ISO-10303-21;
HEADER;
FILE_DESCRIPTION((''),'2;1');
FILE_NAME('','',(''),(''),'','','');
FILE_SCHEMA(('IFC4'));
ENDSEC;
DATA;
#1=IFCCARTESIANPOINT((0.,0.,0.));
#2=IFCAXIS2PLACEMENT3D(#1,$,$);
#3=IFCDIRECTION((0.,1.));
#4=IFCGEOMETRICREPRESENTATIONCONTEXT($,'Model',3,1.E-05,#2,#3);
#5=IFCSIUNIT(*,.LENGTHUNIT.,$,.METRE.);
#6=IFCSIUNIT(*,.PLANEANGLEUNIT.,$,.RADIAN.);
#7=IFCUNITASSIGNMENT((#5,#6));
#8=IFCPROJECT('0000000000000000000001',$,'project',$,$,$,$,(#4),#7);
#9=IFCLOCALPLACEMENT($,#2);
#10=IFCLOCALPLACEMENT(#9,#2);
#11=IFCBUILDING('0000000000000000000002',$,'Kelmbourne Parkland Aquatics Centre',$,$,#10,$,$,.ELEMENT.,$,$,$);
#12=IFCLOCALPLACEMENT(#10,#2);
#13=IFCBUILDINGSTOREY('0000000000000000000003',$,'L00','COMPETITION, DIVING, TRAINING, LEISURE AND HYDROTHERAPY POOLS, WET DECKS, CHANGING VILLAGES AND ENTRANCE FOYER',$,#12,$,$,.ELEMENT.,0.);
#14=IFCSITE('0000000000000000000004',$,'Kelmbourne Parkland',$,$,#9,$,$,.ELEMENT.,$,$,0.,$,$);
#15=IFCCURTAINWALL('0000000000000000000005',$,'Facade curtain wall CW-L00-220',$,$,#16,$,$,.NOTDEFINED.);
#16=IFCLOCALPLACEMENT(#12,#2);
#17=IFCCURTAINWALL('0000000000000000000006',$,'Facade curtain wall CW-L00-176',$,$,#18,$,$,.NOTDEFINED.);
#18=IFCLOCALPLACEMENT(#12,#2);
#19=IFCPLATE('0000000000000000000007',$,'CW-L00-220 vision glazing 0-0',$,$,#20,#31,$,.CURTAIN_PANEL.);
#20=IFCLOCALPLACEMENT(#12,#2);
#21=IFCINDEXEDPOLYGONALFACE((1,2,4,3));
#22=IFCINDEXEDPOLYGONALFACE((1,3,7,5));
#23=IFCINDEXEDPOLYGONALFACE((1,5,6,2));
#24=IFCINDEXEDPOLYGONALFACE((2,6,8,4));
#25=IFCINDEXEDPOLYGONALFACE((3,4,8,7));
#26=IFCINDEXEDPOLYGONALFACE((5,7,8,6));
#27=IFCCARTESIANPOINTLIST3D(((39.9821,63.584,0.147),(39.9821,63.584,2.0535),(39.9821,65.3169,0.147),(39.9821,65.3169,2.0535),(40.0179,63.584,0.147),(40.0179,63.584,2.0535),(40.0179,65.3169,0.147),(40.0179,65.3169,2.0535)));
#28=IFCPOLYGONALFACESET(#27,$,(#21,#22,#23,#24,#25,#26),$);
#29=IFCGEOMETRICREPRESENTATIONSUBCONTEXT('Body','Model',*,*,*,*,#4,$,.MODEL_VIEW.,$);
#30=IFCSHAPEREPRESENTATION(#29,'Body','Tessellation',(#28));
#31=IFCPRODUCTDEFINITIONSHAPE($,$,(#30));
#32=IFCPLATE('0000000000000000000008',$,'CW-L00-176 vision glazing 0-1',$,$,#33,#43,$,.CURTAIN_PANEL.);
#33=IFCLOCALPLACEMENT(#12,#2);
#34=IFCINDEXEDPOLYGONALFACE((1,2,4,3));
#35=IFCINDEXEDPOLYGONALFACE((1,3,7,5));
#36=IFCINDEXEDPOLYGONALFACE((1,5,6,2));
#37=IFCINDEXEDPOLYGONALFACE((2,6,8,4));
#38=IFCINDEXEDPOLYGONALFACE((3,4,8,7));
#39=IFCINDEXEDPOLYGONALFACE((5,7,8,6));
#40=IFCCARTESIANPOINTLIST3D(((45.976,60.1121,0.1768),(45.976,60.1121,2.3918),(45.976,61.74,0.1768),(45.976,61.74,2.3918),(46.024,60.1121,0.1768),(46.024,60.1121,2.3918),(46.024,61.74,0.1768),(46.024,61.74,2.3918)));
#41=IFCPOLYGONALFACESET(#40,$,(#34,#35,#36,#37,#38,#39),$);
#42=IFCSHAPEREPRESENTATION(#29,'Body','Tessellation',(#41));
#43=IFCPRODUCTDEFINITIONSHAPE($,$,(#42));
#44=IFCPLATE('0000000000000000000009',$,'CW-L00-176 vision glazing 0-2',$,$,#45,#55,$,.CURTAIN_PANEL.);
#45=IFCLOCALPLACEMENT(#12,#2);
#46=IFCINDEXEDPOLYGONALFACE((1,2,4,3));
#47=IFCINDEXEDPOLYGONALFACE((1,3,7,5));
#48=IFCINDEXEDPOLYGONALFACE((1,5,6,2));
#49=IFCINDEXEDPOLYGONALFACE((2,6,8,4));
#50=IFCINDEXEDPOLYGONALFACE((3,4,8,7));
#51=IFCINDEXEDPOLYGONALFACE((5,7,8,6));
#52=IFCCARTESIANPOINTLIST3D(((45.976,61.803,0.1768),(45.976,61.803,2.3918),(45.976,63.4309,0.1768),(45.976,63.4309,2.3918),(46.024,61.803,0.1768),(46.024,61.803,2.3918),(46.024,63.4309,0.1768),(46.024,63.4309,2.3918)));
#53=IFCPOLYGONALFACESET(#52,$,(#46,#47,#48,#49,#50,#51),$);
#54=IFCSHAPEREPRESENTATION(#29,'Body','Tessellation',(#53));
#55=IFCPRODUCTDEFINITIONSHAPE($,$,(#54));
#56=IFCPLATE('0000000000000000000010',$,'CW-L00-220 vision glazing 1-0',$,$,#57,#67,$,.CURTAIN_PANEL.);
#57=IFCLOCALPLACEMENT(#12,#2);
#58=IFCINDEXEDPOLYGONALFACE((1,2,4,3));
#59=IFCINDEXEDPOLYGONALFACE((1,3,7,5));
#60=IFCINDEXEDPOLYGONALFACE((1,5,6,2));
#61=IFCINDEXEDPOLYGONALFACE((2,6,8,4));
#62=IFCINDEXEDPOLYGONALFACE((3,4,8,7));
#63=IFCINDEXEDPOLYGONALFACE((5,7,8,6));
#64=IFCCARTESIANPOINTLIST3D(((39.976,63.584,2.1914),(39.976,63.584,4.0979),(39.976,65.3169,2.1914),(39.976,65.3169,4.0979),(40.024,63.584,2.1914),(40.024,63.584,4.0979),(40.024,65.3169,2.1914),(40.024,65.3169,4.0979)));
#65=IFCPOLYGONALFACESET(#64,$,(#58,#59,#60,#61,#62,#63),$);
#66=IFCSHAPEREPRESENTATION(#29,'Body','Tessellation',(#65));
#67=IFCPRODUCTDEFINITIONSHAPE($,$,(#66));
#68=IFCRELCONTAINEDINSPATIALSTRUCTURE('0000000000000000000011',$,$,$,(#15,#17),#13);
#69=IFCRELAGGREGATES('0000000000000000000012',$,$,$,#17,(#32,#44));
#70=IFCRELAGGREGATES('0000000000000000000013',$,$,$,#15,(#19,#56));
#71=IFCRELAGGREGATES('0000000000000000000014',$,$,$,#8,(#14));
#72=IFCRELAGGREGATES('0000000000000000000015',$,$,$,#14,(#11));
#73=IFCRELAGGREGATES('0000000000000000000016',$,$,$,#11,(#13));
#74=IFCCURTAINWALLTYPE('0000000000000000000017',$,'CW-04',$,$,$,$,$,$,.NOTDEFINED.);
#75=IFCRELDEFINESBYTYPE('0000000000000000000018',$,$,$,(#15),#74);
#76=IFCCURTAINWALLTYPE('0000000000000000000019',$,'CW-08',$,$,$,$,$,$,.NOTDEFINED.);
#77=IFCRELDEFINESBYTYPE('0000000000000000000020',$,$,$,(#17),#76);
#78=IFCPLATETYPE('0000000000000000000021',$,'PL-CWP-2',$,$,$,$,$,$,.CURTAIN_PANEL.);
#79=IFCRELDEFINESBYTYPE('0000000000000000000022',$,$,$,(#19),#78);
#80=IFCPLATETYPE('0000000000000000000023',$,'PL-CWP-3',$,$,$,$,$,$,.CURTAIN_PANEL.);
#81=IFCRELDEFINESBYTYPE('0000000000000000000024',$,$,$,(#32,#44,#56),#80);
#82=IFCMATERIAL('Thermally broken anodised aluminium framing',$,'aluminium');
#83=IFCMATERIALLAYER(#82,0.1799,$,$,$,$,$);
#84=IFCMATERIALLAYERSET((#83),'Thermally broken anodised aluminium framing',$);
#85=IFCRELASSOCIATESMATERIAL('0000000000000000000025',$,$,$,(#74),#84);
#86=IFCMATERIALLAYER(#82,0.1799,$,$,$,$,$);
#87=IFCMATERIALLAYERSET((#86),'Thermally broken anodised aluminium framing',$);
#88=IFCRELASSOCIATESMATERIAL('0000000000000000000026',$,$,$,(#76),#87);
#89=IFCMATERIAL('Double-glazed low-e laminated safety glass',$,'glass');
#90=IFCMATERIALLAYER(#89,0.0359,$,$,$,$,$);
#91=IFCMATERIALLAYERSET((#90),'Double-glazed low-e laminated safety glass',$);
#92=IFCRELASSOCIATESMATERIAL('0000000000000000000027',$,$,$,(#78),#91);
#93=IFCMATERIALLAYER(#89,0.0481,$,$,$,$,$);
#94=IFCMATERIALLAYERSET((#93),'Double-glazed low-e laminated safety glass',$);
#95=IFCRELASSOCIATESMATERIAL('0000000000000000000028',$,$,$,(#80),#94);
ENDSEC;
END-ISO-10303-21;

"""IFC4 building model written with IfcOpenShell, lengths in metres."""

from ifc_helpers import new_model, si_unit, direction, frame, origin, origin_2d, place, context, subcontext, project, spatial, rectangle, extrude, material, layer, layer_set, type_object, element, aggregate, save


model = new_model("IFC4")

# Units and contexts
model_context = context("Model", 3, precision=1e-05, world=origin(), true_north=direction((0.0, 1.0)))
body_context = subcontext(model_context, "Body", "Model", "MODEL_VIEW")
ifc_project = project(units=[si_unit("LENGTHUNIT", "METRE"), si_unit("PLANEANGLEUNIT", "RADIAN")], contexts=[model_context])

# Site, building, storey
site_placement = place(None, origin())
site = spatial("IfcSite", under=ifc_project, at=site_placement, Name="Kelmbourne Parkland", CompositionType="ELEMENT", RefElevation=0.0)
building_placement = place(site_placement, origin())
building = spatial("IfcBuilding", under=site, at=building_placement, Name="Kelmbourne Parkland Aquatics Centre", CompositionType="ELEMENT")
storey_placement = place(building_placement, origin())
storey = spatial("IfcBuildingStorey", under=building, at=storey_placement, Name="L00", Description="COMPETITION, DIVING, TRAINING, LEISURE AND HYDROTHERAPY POOLS, WET DECKS, CHANGING VILLAGES AND ENTRANCE FOYER", CompositionType="ELEMENT", Elevation=0.0)

# Curtain wall
ifc_material_1 = material(Name="Thermally broken anodised aluminium framing", Category="aluminium")
ifc_layer_1 = layer(ifc_material_1, 0.1799)
ifc_layer_set_1 = layer_set([ifc_layer_1], Name="Thermally broken anodised aluminium framing")
curtain_wall_type_1 = type_object("IfcCurtainWallType", Name="CW-04", PredefinedType="NOTDEFINED", material=ifc_layer_set_1)
curtain_wall_1_placement = place(storey_placement, origin())
curtain_wall_1 = element("IfcCurtainWall", 1, at=curtain_wall_1_placement, inside=storey, type_object=curtain_wall_type_1, Name="Facade curtain wall CW-L00-220", PredefinedType="NOTDEFINED")

# Curtain wall
ifc_layer_2 = layer(ifc_material_1, 0.1799)
ifc_layer_set_2 = layer_set([ifc_layer_2], Name="Thermally broken anodised aluminium framing")
curtain_wall_type_2 = type_object("IfcCurtainWallType", Name="CW-08", PredefinedType="NOTDEFINED", material=ifc_layer_set_2)
curtain_wall_2_placement = place(storey_placement, origin())
curtain_wall_2 = element("IfcCurtainWall", 2, at=curtain_wall_2_placement, inside=storey, type_object=curtain_wall_type_2, Name="Facade curtain wall CW-L00-176", PredefinedType="NOTDEFINED")

# Plates
ifc_material_2 = material(Name="Double-glazed low-e laminated safety glass", Category="glass")
ifc_layer_3 = layer(ifc_material_2, 0.0359)
ifc_layer_set_3 = layer_set([ifc_layer_3], Name="Double-glazed low-e laminated safety glass")
plate_type_1 = type_object("IfcPlateType", Name="PL-CWP-2", PredefinedType="CURTAIN_PANEL", material=ifc_layer_set_3)
plate_1_placement = place(storey_placement, frame((40.0, 64.4504, 0.147), z_axis=(0.0, 0.0, 1.0), x_axis=(0.0, 1.0, 0.0)))
plate_1 = element("IfcPlate", 3, at=plate_1_placement, type_object=plate_type_1, Name="CW-L00-220 vision glazing 0-0", PredefinedType="CURTAIN_PANEL", context=body_context, shape_type="SweptSolid", body=[
    extrude(rectangle(XDim=1.7329, YDim=0.0359, at=origin_2d()), origin(), (0.0, 0.0, 1.0), 1.9065),
])
ifc_layer_4 = layer(ifc_material_2, 0.0481)
ifc_layer_set_4 = layer_set([ifc_layer_4], Name="Double-glazed low-e laminated safety glass")
plate_type_2 = type_object("IfcPlateType", Name="PL-CWP-3", PredefinedType="CURTAIN_PANEL", material=ifc_layer_set_4)
plate_2_placement = place(storey_placement, frame((46.0, 60.926, 0.1768), z_axis=(0.0, 0.0, 1.0), x_axis=(0.0, 1.0, 0.0)))
plate_2 = element("IfcPlate", 4, at=plate_2_placement, type_object=plate_type_2, Name="CW-L00-176 vision glazing 0-1", PredefinedType="CURTAIN_PANEL", context=body_context, shape_type="SweptSolid", body=[
    extrude(rectangle(XDim=1.6279, YDim=0.0481, at=origin_2d()), origin(), (0.0, 0.0, 1.0), 2.2151),
])
plate_3_placement = place(storey_placement, frame((46.0, 62.6169, 0.1768), z_axis=(0.0, 0.0, 1.0), x_axis=(0.0, 1.0, 0.0)))
plate_3 = element("IfcPlate", 5, at=plate_3_placement, type_object=plate_type_2, Name="CW-L00-176 vision glazing 0-2", PredefinedType="CURTAIN_PANEL", context=body_context, shape_type="SweptSolid", body=[
    extrude(rectangle(XDim=1.6279, YDim=0.0481, at=origin_2d()), origin(), (0.0, 0.0, 1.0), 2.2151),
])
aggregate(curtain_wall_2, [plate_2, plate_3])
plate_4_placement = place(storey_placement, frame((40.0, 64.4504, 2.1914), z_axis=(0.0, 0.0, 1.0), x_axis=(0.0, 1.0, 0.0)))
plate_4 = element("IfcPlate", 6, at=plate_4_placement, type_object=plate_type_2, Name="CW-L00-220 vision glazing 1-0", PredefinedType="CURTAIN_PANEL", context=body_context, shape_type="SweptSolid", body=[
    extrude(rectangle(XDim=1.7329, YDim=0.0481, at=origin_2d()), origin(), (0.0, 0.0, 1.0), 1.9065),
])
aggregate(curtain_wall_1, [plate_1, plate_4])

save(model, "model.ifc")
